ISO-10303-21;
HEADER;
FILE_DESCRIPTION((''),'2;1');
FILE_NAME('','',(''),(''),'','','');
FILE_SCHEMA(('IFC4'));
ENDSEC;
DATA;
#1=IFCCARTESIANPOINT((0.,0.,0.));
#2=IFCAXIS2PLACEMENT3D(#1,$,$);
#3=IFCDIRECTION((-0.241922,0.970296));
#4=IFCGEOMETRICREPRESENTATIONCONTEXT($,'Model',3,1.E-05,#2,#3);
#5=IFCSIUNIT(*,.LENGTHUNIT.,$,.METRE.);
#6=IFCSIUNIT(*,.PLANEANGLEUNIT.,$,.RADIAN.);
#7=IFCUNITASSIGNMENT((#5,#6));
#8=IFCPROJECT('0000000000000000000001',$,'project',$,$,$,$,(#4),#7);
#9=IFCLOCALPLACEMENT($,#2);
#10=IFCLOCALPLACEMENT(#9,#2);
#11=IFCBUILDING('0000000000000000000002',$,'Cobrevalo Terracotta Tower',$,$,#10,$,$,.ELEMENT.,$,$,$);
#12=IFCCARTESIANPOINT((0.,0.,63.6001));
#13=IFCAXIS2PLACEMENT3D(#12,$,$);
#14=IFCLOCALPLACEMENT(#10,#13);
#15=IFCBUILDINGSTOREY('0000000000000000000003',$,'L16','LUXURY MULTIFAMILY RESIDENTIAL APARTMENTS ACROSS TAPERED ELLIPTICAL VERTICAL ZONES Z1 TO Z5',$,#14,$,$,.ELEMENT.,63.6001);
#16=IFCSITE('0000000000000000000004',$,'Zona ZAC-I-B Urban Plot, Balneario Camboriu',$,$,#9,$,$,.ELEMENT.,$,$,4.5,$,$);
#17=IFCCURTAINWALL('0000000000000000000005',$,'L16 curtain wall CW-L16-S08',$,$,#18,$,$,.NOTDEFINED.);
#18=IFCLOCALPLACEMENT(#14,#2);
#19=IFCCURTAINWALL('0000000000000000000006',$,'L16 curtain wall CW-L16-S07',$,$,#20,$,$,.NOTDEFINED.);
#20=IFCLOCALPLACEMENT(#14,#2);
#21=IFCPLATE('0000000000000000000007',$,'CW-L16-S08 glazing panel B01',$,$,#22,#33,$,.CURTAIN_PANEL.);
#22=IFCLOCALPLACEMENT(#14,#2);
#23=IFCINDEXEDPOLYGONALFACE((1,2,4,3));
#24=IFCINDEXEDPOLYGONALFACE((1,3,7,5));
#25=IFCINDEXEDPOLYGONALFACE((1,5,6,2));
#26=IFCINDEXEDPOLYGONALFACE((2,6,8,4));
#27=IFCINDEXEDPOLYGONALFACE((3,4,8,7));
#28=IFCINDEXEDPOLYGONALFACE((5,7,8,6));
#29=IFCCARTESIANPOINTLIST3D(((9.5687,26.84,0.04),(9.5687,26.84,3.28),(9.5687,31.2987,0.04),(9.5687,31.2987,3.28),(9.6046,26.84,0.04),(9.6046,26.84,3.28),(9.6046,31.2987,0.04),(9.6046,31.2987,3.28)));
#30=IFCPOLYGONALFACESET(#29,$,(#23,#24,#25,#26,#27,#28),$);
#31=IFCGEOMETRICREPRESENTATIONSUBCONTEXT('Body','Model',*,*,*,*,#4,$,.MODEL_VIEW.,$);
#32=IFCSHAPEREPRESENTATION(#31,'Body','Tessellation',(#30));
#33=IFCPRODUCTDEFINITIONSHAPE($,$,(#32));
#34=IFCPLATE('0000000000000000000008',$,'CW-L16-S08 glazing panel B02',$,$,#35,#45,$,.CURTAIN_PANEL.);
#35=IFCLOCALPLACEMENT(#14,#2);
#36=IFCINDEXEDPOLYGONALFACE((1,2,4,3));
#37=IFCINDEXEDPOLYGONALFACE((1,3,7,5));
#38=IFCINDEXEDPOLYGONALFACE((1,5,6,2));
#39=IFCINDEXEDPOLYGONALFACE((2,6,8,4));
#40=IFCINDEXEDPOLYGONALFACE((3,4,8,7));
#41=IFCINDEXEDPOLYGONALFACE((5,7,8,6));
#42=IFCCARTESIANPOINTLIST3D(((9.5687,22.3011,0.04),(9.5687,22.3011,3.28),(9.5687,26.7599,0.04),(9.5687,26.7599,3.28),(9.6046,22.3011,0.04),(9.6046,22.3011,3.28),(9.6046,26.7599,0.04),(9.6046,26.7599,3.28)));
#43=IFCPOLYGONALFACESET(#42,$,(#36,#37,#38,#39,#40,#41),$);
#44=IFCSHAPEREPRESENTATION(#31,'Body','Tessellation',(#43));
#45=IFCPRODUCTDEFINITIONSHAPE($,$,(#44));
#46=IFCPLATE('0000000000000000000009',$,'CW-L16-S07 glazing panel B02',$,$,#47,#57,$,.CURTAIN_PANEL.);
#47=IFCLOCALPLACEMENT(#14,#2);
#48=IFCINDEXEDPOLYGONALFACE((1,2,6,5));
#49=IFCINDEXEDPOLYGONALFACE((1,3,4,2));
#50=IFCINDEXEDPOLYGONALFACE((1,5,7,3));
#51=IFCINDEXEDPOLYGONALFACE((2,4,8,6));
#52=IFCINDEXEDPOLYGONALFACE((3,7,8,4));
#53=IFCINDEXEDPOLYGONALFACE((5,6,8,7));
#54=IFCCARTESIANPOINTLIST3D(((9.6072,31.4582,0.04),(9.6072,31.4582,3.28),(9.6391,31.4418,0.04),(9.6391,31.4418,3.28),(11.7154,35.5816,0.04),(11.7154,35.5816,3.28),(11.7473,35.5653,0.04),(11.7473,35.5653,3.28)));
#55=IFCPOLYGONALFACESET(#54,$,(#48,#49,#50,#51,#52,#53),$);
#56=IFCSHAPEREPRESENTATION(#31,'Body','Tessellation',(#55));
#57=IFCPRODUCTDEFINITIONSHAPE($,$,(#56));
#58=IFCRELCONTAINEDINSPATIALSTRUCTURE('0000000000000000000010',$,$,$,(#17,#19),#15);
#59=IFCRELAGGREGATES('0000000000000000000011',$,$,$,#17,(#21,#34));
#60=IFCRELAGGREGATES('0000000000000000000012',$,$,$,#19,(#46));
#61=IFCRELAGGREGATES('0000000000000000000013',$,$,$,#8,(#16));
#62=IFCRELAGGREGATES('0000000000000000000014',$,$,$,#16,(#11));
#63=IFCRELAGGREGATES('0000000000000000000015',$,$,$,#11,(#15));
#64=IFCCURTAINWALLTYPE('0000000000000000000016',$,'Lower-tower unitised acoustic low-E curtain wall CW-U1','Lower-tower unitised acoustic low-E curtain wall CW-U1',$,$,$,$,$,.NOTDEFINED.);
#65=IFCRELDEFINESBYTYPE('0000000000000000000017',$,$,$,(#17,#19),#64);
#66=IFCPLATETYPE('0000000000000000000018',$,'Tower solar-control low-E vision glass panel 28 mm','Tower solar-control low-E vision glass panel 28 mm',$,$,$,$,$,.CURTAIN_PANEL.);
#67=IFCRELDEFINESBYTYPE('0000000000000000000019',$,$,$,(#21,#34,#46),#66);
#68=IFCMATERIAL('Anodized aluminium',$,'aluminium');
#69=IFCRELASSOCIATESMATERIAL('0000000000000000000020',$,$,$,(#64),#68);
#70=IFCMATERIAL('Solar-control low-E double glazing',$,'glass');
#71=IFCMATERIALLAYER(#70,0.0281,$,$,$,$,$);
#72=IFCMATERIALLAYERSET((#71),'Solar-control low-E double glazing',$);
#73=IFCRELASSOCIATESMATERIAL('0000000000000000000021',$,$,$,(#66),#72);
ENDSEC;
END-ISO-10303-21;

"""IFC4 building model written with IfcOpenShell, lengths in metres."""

from ifc_helpers import new_model, si_unit, direction, frame, origin, origin_2d, place, context, subcontext, project, spatial, rectangle, extrude, source, transform, mapped, material, layer, layer_set, type_object, element, aggregate, save


model = new_model("IFC4")

# Units and contexts
model_context = context("Model", 3, precision=1e-05, world=origin(), true_north=direction((-0.241922, 0.970296)))
body_context = subcontext(model_context, "Body", "Model", "MODEL_VIEW")
ifc_project = project(units=[si_unit("LENGTHUNIT", "METRE"), si_unit("PLANEANGLEUNIT", "RADIAN")], contexts=[model_context])

# Site, building, storey
site_placement = place(None, origin())
site = spatial("IfcSite", under=ifc_project, at=site_placement, Name="Zona ZAC-I-B Urban Plot, Balneario Camboriu", CompositionType="ELEMENT", RefElevation=4.5)
building_placement = place(site_placement, origin())
building = spatial("IfcBuilding", under=site, at=building_placement, Name="Cobrevalo Terracotta Tower", CompositionType="ELEMENT")
storey_placement = place(building_placement, frame((0.0, 0.0, 63.6001)))
storey = spatial("IfcBuildingStorey", under=building, at=storey_placement, Name="L16", Description="LUXURY MULTIFAMILY RESIDENTIAL APARTMENTS ACROSS TAPERED ELLIPTICAL VERTICAL ZONES Z1 TO Z5", CompositionType="ELEMENT", Elevation=63.6001)

# Curtain wall
ifc_material_1 = material(Name="Anodized aluminium", Category="aluminium")
curtain_wall_type = type_object("IfcCurtainWallType", Name="Lower-tower unitised acoustic low-E curtain wall CW-U1", Description="Lower-tower unitised acoustic low-E curtain wall CW-U1", PredefinedType="NOTDEFINED", material=ifc_material_1)
curtain_wall_1_placement = place(storey_placement, origin())
curtain_wall_1 = element("IfcCurtainWall", 1, at=curtain_wall_1_placement, inside=storey, type_object=curtain_wall_type, Name="L16 curtain wall CW-L16-S08", PredefinedType="NOTDEFINED")

# Curtain wall
curtain_wall_2_placement = place(storey_placement, origin())
curtain_wall_2 = element("IfcCurtainWall", 2, at=curtain_wall_2_placement, inside=storey, type_object=curtain_wall_type, Name="L16 curtain wall CW-L16-S07", PredefinedType="NOTDEFINED")

# Plates
ifc_material_2 = material(Name="Solar-control low-E double glazing", Category="glass")
ifc_layer = layer(ifc_material_2, 0.0281)
ifc_layer_set = layer_set([ifc_layer], Name="Solar-control low-E double glazing")
plate_type = type_object("IfcPlateType", Name="Tower solar-control low-E vision glass panel 28 mm", Description="Tower solar-control low-E vision glass panel 28 mm", PredefinedType="CURTAIN_PANEL", material=ifc_layer_set)
shared_shape_1 = source(origin(), body_context, "Body", "SweptSolid", [
    extrude(rectangle(XDim=4.4587, YDim=0.0359, at=origin_2d()), origin(), (0.0, 0.0, 1.0), 3.24),
])
plate_1_placement = place(storey_placement, frame((9.5867, 29.0693, 0.04), z_axis=(0.0, 0.0, 1.0), x_axis=(0.0, -1.0, 0.0)))
plate_1 = element("IfcPlate", 3, at=plate_1_placement, type_object=plate_type, Name="CW-L16-S08 glazing panel B01", PredefinedType="CURTAIN_PANEL", context=body_context, shape_type="MappedRepresentation", body=[
    mapped(shared_shape_1, transform((0.0, 0.0, 0.0), scale=1.0)),
])
plate_2_placement = place(storey_placement, frame((9.5867, 24.5305, 0.04), z_axis=(0.0, 0.0, 1.0), x_axis=(0.0, -1.0, 0.0)))
plate_2 = element("IfcPlate", 4, at=plate_2_placement, type_object=plate_type, Name="CW-L16-S08 glazing panel B02", PredefinedType="CURTAIN_PANEL", context=body_context, shape_type="MappedRepresentation", body=[
    mapped(shared_shape_1, transform((0.0, 0.0, 0.0), scale=1.0)),
])
aggregate(curtain_wall_1, [plate_1, plate_2])
shared_shape_2 = source(origin(), body_context, "Body", "SweptSolid", [
    extrude(rectangle(XDim=4.6311, YDim=0.0359, at=origin_2d()), origin(), (0.0, 0.0, 1.0), 3.24),
])
plate_3_placement = place(storey_placement, frame((10.6772, 33.5117, 0.04), z_axis=(0.0, 0.0, 1.0), x_axis=(-0.455231, -0.890373, 0.0)))
plate_3 = element("IfcPlate", 5, at=plate_3_placement, type_object=plate_type, Name="CW-L16-S07 glazing panel B02", PredefinedType="CURTAIN_PANEL", context=body_context, shape_type="MappedRepresentation", body=[
    mapped(shared_shape_2, transform((0.0, 0.0, 0.0), scale=1.0)),
])
aggregate(curtain_wall_2, [plate_3])

save(model, "model.ifc")
